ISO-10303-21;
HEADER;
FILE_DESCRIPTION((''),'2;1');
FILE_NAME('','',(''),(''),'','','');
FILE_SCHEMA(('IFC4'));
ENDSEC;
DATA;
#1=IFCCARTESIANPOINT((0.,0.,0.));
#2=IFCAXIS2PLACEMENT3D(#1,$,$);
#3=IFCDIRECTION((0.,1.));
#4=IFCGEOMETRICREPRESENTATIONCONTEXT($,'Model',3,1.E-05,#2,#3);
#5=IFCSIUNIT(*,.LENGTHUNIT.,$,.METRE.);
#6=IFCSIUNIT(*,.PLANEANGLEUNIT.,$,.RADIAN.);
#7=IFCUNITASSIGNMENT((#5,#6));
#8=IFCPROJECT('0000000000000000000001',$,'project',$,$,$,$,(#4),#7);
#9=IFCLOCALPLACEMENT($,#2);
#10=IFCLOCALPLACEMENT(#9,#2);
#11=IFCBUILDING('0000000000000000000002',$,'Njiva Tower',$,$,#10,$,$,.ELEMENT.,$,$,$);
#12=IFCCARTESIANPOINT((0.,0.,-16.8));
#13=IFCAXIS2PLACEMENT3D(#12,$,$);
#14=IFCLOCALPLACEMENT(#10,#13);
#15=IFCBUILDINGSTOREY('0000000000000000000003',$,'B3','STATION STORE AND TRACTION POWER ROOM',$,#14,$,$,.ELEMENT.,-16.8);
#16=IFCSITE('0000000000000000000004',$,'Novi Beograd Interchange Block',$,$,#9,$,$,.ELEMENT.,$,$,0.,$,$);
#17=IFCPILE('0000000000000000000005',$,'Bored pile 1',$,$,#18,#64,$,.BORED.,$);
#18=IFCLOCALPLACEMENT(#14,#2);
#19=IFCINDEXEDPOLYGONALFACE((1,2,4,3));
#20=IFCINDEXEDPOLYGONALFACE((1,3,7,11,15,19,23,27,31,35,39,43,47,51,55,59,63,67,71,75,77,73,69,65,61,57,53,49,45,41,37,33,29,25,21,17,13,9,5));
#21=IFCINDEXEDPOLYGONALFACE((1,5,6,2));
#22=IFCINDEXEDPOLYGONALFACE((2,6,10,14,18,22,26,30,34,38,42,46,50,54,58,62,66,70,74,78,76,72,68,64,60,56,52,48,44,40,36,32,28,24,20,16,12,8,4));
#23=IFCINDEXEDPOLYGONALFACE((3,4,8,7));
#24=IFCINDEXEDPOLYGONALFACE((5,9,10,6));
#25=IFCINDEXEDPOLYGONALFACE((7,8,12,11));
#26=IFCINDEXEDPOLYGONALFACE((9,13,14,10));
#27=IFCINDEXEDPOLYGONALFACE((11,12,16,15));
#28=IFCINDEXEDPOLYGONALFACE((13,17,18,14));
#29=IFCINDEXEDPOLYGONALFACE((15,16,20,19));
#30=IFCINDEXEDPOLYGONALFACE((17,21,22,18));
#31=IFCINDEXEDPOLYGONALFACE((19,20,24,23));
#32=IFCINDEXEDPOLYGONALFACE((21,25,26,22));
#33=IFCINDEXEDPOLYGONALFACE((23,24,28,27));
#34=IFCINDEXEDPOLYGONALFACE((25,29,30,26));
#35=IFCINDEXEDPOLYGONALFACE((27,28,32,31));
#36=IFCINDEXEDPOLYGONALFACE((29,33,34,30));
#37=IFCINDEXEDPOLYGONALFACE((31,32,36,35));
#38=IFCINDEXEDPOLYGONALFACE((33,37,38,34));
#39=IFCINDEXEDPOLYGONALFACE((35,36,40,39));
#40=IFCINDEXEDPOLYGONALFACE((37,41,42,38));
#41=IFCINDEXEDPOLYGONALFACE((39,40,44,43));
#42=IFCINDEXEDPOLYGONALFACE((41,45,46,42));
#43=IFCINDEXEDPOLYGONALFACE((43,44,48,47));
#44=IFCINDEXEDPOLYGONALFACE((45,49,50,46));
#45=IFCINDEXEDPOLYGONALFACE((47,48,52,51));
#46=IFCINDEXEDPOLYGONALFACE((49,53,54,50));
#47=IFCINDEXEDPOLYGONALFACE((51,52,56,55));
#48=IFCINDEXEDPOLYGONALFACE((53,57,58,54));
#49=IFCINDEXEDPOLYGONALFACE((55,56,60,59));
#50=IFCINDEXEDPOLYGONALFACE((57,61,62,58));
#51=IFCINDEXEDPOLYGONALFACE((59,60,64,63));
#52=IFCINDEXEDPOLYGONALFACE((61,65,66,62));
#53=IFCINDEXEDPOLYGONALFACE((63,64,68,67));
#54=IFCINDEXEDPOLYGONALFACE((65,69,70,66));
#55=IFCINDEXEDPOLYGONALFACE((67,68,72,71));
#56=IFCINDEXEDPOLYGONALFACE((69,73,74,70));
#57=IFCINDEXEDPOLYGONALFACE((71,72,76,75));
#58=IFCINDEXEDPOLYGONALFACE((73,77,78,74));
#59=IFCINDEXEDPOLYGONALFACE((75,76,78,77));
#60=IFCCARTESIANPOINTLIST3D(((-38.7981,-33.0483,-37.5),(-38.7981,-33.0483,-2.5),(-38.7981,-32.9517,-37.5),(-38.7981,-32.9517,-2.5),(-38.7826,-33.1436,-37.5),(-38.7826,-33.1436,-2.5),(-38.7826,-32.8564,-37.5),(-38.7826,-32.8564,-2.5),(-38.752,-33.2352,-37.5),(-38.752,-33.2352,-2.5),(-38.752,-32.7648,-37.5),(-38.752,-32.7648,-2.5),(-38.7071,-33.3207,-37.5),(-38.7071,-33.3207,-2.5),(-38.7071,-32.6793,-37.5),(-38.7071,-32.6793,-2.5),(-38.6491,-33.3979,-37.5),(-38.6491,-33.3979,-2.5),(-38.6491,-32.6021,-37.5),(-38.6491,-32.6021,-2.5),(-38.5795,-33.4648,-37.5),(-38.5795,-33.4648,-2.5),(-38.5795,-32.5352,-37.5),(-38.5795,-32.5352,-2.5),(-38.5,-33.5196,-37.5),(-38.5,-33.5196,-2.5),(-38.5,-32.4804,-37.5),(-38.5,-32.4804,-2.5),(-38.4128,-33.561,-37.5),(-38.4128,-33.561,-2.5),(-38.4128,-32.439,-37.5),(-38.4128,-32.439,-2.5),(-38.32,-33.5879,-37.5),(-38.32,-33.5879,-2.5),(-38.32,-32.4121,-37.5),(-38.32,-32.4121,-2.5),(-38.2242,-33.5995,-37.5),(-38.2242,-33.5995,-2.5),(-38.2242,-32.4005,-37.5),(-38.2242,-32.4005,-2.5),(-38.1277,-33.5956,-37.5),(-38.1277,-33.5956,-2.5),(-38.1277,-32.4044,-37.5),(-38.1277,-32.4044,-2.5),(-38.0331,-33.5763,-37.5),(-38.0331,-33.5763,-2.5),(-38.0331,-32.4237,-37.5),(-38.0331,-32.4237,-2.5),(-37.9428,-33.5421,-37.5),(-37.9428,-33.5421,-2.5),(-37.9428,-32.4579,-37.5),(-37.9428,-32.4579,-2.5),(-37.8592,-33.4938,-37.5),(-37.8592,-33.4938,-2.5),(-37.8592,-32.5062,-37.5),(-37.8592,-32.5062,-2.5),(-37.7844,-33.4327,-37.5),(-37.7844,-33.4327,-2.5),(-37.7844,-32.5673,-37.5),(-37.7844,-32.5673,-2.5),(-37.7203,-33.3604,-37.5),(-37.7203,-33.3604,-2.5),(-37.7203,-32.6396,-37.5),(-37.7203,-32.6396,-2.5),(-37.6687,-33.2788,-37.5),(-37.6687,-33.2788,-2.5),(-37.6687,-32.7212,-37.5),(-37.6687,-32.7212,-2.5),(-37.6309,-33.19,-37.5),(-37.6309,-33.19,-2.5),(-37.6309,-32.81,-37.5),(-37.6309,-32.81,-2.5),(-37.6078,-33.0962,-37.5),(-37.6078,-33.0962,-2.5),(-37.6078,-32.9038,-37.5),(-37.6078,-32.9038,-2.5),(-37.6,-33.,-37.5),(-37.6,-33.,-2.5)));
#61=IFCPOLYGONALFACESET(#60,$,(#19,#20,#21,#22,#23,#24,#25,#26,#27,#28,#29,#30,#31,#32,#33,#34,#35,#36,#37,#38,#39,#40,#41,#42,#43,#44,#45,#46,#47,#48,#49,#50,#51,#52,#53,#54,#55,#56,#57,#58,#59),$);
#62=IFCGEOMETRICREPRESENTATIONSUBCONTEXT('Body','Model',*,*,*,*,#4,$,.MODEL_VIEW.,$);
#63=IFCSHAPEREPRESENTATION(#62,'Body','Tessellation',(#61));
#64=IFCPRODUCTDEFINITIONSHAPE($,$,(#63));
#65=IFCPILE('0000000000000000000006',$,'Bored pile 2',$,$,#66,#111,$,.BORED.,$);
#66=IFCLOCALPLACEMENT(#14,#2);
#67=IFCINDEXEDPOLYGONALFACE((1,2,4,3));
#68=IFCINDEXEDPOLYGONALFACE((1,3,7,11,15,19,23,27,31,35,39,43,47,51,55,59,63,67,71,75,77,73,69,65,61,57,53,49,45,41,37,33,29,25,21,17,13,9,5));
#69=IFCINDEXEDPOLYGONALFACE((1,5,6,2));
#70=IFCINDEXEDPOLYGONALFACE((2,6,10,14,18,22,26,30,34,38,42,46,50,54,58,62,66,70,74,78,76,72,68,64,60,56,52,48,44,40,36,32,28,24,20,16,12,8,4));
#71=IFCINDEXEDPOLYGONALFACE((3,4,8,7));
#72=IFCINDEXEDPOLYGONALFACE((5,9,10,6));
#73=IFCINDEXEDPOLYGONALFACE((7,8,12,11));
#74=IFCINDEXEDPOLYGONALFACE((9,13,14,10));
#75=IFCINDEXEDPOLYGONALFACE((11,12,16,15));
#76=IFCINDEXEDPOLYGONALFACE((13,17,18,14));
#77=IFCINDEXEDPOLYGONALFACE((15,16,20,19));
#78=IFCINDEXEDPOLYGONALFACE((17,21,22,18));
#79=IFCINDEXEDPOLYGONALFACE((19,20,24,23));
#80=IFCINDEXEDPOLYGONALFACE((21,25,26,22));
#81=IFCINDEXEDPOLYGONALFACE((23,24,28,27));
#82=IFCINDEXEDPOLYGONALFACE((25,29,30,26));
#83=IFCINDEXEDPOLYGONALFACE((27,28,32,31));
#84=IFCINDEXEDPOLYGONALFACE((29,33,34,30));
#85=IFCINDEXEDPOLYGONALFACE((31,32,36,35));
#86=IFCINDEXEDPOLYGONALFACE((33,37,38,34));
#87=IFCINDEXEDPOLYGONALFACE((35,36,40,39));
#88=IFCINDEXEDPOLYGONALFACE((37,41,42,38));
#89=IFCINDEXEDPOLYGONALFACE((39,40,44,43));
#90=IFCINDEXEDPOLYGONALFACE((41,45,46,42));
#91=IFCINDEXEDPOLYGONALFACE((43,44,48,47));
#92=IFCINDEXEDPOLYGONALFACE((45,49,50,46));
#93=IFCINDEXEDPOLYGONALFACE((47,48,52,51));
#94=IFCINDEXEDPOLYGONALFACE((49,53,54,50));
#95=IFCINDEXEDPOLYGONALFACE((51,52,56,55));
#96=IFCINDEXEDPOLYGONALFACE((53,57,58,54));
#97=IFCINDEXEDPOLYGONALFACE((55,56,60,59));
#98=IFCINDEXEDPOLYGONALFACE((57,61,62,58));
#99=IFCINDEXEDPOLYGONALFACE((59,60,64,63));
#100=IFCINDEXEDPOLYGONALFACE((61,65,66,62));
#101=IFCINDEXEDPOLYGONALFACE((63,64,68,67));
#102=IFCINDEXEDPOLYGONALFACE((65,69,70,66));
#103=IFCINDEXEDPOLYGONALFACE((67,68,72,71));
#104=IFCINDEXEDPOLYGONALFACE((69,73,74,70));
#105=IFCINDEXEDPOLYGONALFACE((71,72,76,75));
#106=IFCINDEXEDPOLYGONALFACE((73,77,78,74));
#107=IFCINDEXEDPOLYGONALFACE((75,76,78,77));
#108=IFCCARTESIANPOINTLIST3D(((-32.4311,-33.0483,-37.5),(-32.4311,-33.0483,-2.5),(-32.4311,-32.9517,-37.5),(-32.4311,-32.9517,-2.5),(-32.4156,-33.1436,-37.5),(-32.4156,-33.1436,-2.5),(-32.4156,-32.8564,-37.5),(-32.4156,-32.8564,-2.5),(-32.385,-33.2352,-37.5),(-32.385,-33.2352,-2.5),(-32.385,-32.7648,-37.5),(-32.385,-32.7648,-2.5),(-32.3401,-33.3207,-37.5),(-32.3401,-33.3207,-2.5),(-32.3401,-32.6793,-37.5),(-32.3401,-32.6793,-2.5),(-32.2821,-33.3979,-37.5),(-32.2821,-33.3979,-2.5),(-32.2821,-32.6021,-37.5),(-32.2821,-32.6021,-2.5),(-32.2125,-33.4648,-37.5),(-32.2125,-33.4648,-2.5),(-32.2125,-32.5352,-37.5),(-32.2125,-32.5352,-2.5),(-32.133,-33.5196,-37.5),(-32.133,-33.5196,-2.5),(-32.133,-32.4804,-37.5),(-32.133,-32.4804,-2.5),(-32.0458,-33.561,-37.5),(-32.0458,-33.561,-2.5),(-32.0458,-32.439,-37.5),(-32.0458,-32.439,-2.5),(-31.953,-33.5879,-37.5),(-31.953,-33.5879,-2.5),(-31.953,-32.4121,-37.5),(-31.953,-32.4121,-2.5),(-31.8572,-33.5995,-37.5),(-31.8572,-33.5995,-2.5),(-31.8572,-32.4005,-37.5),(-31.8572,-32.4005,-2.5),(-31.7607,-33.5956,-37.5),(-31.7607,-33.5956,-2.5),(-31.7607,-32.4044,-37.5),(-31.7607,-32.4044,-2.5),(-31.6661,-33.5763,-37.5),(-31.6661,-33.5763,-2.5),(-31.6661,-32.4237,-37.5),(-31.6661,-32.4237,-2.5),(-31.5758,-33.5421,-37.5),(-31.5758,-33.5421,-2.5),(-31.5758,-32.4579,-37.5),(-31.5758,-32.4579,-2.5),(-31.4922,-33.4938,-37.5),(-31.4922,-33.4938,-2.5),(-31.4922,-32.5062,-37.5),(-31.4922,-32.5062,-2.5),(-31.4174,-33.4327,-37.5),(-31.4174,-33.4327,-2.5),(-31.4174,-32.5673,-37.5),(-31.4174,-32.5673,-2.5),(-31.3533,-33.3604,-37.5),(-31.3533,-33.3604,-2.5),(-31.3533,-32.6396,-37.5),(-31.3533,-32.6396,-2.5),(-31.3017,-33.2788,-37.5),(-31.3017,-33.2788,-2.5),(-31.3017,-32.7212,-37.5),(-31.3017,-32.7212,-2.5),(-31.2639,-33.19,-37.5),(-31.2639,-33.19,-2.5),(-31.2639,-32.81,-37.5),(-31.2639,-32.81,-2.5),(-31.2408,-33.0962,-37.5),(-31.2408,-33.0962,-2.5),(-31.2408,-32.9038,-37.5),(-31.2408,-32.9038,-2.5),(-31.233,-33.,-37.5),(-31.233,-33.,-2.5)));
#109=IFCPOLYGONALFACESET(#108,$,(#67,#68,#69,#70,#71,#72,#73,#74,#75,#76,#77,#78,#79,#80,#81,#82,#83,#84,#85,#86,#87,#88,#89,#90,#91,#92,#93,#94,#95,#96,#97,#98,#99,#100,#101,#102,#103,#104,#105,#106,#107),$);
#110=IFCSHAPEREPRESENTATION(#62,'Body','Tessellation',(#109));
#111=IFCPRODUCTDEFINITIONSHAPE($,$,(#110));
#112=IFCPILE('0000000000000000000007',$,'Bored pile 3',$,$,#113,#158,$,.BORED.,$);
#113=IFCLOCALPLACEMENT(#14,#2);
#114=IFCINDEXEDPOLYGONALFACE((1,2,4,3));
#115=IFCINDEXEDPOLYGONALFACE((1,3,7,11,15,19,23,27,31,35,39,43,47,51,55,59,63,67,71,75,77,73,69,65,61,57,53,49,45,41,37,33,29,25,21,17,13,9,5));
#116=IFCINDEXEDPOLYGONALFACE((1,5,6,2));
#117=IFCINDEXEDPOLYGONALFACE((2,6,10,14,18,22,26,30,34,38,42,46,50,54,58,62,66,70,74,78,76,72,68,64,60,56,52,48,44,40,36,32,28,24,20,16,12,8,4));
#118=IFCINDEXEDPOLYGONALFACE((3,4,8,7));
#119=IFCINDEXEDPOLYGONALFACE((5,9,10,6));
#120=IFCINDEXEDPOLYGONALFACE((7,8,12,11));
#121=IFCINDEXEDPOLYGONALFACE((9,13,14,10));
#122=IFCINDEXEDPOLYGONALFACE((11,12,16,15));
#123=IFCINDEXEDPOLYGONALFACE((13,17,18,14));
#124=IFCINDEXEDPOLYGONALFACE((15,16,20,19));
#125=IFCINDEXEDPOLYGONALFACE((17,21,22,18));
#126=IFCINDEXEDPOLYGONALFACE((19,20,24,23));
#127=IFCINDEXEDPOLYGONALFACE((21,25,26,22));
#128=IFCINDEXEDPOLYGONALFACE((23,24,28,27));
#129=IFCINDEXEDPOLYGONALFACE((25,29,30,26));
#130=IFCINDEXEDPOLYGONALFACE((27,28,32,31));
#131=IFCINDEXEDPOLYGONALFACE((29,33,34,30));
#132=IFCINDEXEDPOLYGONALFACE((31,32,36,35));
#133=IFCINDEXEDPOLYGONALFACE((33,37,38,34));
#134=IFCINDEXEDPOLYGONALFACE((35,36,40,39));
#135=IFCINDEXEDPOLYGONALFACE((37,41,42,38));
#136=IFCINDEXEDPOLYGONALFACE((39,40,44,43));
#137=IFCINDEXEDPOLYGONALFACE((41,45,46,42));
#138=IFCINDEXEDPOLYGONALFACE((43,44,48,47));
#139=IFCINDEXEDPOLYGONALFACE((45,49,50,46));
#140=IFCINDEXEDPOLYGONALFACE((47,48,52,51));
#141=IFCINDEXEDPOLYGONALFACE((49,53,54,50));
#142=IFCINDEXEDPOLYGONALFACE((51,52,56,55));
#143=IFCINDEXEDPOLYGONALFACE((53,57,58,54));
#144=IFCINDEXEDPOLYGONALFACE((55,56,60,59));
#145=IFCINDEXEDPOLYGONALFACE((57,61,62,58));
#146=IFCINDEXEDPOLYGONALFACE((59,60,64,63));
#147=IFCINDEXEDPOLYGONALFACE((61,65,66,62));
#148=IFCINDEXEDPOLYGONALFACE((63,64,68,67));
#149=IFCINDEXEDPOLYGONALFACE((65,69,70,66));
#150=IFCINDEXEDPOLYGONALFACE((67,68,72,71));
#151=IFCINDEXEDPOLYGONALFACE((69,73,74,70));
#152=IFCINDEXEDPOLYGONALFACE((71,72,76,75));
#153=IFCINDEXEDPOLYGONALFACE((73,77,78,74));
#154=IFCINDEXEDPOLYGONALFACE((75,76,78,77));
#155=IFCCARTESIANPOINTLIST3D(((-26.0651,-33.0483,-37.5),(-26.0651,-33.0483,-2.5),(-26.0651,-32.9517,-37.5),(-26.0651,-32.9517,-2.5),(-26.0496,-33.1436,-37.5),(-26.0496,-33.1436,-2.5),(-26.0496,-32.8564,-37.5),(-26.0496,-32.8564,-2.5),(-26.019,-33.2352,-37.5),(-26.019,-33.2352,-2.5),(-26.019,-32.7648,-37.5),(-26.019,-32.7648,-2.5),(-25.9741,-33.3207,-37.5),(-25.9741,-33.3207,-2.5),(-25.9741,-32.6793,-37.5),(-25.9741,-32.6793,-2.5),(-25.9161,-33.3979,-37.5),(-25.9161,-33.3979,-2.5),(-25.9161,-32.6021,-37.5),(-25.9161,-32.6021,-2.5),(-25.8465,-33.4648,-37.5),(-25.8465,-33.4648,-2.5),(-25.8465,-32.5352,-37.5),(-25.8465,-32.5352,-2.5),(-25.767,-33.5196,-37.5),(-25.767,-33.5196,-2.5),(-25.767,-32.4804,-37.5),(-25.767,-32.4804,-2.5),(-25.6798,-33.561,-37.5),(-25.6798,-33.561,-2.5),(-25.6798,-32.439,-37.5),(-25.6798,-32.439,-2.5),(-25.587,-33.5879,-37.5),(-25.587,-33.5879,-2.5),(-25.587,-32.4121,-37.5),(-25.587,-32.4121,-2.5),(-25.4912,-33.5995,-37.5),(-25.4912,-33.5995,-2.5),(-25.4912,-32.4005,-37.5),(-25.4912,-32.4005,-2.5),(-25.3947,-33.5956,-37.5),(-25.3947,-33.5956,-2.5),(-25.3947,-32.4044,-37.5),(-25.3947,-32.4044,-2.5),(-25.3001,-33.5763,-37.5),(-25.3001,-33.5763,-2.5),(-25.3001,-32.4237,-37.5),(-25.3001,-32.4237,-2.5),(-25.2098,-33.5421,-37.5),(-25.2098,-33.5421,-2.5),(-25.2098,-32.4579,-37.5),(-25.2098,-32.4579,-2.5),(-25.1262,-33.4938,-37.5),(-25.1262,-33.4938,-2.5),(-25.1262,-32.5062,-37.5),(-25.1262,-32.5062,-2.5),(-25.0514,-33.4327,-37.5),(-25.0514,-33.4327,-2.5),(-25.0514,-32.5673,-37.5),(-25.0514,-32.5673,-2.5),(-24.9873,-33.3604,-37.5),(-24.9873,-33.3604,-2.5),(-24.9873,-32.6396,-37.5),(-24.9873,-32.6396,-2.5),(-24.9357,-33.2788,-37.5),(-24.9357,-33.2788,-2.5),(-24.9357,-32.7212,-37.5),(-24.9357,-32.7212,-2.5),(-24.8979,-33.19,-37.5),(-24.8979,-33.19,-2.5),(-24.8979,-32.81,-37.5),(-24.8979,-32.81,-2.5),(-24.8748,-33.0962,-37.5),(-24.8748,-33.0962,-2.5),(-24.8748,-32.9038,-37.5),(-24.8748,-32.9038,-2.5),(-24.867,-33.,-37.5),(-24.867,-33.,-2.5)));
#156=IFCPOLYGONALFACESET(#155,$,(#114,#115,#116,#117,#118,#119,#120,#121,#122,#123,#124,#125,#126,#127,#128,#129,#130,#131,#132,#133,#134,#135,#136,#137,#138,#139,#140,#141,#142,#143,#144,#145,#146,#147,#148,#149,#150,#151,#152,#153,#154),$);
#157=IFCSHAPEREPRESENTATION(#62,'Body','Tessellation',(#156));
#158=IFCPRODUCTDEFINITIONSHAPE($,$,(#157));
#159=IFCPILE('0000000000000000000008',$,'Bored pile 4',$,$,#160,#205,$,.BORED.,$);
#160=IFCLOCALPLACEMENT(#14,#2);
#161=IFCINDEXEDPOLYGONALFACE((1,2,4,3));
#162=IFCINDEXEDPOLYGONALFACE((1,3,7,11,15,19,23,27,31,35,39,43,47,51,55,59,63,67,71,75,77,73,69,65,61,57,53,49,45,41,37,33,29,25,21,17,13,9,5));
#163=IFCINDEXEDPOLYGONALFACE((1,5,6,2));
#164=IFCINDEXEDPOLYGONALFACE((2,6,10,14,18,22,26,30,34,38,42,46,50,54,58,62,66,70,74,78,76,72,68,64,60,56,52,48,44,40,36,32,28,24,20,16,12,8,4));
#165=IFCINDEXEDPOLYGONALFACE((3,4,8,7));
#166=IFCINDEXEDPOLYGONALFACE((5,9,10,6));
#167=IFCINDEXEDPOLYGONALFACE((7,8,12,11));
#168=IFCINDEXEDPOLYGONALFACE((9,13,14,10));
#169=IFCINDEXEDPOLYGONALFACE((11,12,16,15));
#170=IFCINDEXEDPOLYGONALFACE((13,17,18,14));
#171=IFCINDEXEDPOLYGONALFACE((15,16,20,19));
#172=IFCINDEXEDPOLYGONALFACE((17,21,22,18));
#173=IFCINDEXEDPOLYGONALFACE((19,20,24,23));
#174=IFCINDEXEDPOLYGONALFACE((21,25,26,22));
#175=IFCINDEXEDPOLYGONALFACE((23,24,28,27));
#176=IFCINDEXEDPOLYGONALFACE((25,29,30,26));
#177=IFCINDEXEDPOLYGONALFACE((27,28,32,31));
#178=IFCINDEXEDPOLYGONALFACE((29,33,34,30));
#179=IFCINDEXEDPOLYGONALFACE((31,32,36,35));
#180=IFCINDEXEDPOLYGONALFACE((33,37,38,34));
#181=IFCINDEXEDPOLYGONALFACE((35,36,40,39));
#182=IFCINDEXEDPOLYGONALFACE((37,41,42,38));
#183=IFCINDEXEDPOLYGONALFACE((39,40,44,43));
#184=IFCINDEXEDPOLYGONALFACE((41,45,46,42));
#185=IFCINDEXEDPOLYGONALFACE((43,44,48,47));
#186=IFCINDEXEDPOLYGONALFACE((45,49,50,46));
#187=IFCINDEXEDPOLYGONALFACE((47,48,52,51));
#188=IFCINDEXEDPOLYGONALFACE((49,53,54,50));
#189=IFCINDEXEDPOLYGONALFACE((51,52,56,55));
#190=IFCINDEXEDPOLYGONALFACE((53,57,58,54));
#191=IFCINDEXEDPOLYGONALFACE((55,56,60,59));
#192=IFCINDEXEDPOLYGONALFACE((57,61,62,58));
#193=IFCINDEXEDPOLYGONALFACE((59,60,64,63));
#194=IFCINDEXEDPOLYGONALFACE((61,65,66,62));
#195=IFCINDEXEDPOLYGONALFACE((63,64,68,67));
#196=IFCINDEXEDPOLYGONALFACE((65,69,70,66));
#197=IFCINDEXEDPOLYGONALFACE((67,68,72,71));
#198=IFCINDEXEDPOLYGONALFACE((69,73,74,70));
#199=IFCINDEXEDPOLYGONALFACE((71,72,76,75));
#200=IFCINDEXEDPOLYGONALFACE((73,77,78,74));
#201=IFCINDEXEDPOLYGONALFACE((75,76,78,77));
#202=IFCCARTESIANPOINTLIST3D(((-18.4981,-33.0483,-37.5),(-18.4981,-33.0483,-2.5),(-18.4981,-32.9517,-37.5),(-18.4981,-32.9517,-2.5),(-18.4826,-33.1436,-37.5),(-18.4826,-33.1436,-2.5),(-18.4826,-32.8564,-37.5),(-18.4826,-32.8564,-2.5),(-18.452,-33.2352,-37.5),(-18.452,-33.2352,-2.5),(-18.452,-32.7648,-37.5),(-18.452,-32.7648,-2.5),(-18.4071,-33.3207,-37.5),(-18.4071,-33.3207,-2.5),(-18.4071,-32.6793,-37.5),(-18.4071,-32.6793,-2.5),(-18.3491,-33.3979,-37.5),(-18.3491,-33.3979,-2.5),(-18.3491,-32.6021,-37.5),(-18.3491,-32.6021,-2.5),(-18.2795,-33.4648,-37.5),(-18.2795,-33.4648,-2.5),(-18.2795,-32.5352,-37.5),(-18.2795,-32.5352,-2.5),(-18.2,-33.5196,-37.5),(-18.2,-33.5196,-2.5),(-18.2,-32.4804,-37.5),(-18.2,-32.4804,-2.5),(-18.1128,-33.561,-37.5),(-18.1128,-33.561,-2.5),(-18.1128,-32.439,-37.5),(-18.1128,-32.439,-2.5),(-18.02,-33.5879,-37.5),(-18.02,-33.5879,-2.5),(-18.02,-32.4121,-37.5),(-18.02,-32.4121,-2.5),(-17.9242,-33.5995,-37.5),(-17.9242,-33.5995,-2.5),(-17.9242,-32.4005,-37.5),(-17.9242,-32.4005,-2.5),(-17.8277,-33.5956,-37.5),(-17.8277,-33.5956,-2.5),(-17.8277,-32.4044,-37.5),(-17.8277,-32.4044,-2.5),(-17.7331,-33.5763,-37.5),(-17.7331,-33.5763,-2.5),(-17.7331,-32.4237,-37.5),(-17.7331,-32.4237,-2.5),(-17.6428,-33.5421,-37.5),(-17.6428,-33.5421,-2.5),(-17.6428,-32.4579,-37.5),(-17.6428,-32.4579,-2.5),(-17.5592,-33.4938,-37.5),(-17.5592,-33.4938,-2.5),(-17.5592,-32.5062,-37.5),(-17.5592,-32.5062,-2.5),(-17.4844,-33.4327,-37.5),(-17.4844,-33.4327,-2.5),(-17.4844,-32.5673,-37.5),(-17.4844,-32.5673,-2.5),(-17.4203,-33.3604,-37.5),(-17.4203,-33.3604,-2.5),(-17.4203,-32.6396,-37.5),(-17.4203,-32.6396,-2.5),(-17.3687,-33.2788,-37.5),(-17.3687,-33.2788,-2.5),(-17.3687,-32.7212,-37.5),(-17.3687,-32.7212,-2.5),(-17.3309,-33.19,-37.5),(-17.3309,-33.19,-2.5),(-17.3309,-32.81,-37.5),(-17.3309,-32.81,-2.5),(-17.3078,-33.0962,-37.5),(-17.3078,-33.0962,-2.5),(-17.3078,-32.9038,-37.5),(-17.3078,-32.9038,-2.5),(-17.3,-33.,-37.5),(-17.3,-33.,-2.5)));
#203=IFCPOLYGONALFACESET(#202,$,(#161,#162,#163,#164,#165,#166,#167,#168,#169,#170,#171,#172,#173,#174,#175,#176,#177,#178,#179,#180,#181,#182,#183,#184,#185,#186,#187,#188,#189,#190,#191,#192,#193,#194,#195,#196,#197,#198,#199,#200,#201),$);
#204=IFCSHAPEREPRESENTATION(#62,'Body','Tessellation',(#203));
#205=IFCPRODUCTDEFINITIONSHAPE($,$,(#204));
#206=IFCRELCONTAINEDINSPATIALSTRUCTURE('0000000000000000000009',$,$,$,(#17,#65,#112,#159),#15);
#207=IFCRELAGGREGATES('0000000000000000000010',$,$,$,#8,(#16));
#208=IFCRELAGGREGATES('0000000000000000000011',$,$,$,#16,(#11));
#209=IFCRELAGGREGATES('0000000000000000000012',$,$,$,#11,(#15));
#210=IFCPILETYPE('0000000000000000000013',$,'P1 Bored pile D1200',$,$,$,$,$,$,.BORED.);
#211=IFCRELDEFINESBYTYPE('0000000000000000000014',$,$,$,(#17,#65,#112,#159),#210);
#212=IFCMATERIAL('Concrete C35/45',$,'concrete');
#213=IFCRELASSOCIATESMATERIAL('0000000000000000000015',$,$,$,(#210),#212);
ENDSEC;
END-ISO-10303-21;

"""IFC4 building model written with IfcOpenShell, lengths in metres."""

from ifc_helpers import new_model, si_unit, direction, frame, origin, origin_2d, place, context, subcontext, project, spatial, circle, extrude, material, material_profile, profile_set, type_object, element, save


model = new_model("IFC4")

# Units and contexts
model_context = context("Model", 3, precision=1e-05, world=origin(), true_north=direction((0.0, 1.0)))
body_context = subcontext(model_context, "Body", "Model", "MODEL_VIEW")
ifc_project = project(units=[si_unit("LENGTHUNIT", "METRE"), si_unit("PLANEANGLEUNIT", "RADIAN")], contexts=[model_context])

# Site, building, storey
site_placement = place(None, origin())
site = spatial("IfcSite", under=ifc_project, at=site_placement, Name="Novi Beograd Interchange Block", CompositionType="ELEMENT", RefElevation=0.0)
building_placement = place(site_placement, origin())
building = spatial("IfcBuilding", under=site, at=building_placement, Name="Njiva Tower", CompositionType="ELEMENT")
storey_placement = place(building_placement, frame((0.0, 0.0, -16.8)))
storey = spatial("IfcBuildingStorey", under=building, at=storey_placement, Name="B3", Description="STATION STORE AND TRACTION POWER ROOM", CompositionType="ELEMENT", Elevation=-16.8)

# Piles
ifc_material_1 = material(Name="Concrete C35/45", Category="concrete")
ifc_material_profile_1 = material_profile(ifc_material_1, circle(Radius=0.6, at=origin_2d()), Name="D1200")
ifc_profile_set_1 = profile_set([ifc_material_profile_1], Name="Concrete C35/45")
pile_type = type_object("IfcPileType", Name="P1 Bored pile D1200", PredefinedType="BORED", material=ifc_profile_set_1)
for number, where, z_axis, x_axis, name in (
    (1, (-38.2, -33.0, -2.5), (0.0, 0.0, -1.0), (1.0, 0.0, 0.0), "Bored pile 1"),
    (2, (-31.833, -33.0, -2.5), (0.0, 0.0, -1.0), (1.0, 0.0, 0.0), "Bored pile 2"),
    (3, (-25.467, -33.0, -2.5), (0.0, 0.0, -1.0), (1.0, 0.0, 0.0), "Bored pile 3"),
    (4, (-17.9, -33.0, -2.5), (0.0, 0.0, -1.0), (1.0, 0.0, 0.0), "Bored pile 4"),
):
    element("IfcPile", number, at=place(storey_placement, frame(where, z_axis=z_axis, x_axis=x_axis)), inside=storey, type_object=pile_type, Name=name, PredefinedType="BORED", context=body_context, shape_type="SweptSolid", body=[
        extrude(circle(Radius=0.6, at=origin_2d()), origin(), (0.0, 0.0, 1.0), 35.0),
    ])

save(model, "model.ifc")
